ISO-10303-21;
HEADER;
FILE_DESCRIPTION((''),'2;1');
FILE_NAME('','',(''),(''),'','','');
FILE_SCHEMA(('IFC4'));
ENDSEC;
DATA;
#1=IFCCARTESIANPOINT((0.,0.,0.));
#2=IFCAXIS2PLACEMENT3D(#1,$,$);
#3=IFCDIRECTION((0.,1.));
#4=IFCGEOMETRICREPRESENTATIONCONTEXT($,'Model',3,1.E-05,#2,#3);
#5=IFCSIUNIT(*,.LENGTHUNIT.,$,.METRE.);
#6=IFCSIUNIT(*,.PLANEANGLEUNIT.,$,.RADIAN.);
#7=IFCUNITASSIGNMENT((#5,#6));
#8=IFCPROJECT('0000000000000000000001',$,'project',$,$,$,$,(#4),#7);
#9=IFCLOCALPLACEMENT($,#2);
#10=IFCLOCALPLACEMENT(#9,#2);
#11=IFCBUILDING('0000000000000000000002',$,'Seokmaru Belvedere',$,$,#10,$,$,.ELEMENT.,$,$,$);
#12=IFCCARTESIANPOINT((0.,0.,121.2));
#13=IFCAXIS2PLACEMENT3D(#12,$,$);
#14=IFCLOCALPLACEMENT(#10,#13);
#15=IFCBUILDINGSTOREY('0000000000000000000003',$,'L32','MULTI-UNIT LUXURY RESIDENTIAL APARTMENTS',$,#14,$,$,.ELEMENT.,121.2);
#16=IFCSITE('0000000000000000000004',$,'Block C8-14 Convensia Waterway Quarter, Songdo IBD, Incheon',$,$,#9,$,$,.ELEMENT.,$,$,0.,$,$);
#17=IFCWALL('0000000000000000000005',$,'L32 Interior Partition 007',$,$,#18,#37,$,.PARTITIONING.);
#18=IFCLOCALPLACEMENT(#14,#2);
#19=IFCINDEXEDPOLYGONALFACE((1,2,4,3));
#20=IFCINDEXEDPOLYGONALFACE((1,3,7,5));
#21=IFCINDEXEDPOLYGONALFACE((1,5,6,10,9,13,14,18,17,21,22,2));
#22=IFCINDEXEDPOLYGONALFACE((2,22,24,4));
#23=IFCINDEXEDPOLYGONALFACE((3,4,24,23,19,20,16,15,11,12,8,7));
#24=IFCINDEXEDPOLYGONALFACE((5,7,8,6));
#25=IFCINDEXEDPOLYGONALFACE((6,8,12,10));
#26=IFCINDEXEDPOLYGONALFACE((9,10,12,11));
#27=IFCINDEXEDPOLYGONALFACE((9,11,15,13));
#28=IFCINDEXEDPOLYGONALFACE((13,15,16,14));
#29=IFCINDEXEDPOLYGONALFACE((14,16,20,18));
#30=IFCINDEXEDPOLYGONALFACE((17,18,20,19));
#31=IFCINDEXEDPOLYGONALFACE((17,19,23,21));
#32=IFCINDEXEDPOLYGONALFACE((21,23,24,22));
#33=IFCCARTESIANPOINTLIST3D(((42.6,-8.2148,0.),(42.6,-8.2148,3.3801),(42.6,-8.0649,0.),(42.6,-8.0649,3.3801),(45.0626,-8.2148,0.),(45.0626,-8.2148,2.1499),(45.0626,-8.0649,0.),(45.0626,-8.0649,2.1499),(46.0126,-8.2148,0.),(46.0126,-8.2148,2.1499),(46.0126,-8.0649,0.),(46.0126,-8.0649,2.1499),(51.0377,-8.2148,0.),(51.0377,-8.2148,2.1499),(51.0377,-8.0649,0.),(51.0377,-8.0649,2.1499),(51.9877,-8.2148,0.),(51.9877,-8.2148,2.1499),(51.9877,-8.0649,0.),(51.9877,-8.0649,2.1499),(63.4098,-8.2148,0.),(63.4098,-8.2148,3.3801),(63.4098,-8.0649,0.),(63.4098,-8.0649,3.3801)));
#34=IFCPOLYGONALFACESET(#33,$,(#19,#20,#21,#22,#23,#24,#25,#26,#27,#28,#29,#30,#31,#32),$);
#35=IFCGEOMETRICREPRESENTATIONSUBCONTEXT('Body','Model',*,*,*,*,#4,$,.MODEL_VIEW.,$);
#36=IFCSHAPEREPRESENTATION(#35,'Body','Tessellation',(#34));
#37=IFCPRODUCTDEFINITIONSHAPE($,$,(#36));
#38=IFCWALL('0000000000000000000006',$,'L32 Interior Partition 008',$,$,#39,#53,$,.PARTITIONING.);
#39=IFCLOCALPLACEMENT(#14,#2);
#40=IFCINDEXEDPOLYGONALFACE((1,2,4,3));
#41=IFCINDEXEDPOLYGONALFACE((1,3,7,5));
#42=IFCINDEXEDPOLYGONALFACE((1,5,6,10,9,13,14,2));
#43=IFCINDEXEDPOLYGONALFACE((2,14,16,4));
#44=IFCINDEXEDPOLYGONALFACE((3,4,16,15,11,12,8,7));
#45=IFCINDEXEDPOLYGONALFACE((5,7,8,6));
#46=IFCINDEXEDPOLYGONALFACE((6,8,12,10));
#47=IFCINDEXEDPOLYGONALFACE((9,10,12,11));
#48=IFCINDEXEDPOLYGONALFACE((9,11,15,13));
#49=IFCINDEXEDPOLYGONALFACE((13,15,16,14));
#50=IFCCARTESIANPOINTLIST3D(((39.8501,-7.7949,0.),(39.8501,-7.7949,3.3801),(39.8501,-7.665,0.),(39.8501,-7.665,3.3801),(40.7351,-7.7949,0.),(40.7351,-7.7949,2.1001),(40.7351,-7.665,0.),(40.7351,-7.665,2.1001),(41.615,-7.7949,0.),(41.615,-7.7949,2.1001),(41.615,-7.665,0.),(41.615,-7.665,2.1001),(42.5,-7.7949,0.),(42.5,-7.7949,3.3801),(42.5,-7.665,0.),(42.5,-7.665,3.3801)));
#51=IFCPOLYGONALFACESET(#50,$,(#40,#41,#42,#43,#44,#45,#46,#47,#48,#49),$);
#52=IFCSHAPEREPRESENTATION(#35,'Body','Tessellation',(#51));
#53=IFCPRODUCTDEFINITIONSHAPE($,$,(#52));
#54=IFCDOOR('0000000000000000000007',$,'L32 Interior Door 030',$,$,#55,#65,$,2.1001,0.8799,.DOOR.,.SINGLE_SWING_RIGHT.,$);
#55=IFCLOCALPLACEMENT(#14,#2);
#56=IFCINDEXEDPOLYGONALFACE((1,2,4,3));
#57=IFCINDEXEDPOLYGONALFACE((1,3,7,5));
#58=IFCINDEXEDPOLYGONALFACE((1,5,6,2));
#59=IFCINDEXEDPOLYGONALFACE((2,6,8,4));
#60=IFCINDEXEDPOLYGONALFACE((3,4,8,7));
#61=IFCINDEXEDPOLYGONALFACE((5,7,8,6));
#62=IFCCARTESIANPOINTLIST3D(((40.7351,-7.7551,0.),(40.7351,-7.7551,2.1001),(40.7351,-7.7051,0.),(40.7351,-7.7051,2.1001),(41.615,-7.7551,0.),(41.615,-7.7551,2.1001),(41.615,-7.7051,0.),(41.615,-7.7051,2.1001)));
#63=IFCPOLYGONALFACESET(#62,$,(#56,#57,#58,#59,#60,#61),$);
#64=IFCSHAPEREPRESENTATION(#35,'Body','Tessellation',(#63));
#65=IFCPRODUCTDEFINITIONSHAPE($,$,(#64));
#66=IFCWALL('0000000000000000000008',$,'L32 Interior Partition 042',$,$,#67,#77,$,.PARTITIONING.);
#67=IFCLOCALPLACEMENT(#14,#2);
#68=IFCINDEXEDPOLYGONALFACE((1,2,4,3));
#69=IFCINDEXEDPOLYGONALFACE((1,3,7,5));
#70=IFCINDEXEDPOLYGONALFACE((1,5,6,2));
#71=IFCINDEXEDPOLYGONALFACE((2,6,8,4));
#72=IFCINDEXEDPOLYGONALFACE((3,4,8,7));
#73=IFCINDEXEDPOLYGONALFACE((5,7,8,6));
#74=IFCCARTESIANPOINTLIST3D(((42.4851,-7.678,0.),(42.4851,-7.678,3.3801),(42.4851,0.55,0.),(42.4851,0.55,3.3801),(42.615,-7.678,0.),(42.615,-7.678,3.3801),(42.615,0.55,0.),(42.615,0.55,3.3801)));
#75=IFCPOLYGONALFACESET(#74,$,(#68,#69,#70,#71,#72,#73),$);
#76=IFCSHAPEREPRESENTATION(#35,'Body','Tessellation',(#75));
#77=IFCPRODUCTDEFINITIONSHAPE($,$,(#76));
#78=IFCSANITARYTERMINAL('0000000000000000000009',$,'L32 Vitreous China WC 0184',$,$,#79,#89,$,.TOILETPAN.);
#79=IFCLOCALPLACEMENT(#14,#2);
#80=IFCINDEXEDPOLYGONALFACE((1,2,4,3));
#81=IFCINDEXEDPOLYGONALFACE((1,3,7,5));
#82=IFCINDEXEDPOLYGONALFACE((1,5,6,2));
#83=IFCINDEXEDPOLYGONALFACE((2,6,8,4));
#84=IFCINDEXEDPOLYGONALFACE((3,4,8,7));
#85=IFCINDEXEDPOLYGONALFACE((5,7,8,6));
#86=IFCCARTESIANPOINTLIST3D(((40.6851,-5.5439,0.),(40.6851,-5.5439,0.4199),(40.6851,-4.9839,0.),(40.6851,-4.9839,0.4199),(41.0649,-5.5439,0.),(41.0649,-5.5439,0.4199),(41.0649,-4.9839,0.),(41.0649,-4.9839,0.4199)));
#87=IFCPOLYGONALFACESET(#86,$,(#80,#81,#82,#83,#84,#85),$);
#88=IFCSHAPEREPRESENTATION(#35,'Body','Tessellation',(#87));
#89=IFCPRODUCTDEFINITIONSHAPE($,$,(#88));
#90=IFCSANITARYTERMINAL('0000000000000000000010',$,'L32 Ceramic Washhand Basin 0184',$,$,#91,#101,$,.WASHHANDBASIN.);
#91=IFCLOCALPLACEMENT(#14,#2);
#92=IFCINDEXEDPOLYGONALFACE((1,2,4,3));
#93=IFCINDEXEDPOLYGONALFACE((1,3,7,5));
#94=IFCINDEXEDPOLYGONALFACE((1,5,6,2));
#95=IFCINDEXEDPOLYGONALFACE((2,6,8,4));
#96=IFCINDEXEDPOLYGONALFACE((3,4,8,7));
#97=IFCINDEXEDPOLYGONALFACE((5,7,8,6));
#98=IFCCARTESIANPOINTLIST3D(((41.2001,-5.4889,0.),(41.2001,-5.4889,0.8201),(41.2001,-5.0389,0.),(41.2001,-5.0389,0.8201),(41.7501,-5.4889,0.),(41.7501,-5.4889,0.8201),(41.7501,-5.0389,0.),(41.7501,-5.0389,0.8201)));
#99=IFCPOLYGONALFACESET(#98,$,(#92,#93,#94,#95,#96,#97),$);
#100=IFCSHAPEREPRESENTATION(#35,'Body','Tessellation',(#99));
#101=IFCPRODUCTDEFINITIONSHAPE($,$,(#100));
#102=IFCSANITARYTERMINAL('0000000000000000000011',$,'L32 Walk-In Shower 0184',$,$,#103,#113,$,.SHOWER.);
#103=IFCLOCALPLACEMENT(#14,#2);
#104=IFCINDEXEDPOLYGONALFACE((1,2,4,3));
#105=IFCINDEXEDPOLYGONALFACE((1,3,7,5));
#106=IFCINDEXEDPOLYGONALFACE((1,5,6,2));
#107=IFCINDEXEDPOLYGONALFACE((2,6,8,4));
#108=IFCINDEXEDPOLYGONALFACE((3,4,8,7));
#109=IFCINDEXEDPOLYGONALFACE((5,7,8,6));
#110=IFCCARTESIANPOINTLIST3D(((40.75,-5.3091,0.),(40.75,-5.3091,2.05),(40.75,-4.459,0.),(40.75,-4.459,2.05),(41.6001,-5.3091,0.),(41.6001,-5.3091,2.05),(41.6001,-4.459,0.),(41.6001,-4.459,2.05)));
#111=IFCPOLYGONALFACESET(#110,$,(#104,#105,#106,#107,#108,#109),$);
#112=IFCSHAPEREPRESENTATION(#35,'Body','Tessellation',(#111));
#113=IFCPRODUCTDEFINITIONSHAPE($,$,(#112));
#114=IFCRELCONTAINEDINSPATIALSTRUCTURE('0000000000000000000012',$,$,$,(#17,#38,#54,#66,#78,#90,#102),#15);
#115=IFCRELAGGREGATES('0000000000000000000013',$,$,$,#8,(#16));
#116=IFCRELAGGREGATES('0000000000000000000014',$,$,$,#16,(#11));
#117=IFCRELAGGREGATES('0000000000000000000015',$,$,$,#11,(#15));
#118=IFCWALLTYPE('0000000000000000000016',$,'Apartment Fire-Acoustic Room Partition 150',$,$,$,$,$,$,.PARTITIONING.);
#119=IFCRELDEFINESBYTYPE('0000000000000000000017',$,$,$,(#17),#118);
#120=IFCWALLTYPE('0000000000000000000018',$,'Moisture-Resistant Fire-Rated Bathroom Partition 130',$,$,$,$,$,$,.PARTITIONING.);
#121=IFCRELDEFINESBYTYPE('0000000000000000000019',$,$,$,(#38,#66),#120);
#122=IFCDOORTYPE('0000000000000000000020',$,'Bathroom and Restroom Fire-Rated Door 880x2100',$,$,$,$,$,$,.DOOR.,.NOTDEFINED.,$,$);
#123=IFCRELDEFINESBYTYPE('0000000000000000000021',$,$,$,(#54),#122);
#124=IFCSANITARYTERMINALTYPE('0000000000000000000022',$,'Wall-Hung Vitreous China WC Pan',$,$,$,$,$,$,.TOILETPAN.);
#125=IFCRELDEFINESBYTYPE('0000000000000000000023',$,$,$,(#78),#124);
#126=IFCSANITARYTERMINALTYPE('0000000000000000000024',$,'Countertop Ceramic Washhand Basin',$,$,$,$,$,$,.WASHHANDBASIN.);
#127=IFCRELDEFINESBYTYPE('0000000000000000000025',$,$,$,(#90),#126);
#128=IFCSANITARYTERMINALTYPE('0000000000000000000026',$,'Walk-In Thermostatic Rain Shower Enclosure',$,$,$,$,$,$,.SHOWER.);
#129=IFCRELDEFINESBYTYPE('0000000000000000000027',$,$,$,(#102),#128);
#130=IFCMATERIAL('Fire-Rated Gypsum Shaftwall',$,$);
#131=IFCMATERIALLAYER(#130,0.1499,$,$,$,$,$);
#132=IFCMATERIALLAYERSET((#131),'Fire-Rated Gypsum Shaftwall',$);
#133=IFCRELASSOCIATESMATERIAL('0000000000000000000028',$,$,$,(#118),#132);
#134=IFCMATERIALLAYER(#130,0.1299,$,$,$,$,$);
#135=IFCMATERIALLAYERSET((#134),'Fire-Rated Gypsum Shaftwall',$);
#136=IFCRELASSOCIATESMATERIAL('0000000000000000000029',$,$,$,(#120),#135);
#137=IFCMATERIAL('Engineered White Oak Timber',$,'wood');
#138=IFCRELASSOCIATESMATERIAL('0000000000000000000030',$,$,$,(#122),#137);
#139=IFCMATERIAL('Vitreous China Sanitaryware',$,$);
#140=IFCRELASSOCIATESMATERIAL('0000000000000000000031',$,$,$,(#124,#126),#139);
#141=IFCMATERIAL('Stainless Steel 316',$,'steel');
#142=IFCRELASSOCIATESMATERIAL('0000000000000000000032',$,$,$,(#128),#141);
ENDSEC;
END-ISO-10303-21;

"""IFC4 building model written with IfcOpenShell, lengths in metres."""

from ifc_helpers import new_model, si_unit, direction, frame, frame_2d, origin, origin_2d, place, context, subcontext, project, spatial, rectangle, extrude, source, transform, mapped, material, layer, layer_set, type_object, type_shapes, element, fill, save


model = new_model("IFC4")

# Units and contexts
model_context = context("Model", 3, precision=1e-05, world=origin(), true_north=direction((0.0, 1.0)))
body_context = subcontext(model_context, "Body", "Model", "MODEL_VIEW")
ifc_project = project(units=[si_unit("LENGTHUNIT", "METRE"), si_unit("PLANEANGLEUNIT", "RADIAN")], contexts=[model_context])

# Site, building, storey
site_placement = place(None, origin())
site = spatial("IfcSite", under=ifc_project, at=site_placement, Name="Block C8-14 Convensia Waterway Quarter, Songdo IBD, Incheon", CompositionType="ELEMENT", RefElevation=0.0)
building_placement = place(site_placement, origin())
building = spatial("IfcBuilding", under=site, at=building_placement, Name="Seokmaru Belvedere", CompositionType="ELEMENT")
storey_placement = place(building_placement, frame((0.0, 0.0, 121.2)))
storey = spatial("IfcBuildingStorey", under=building, at=storey_placement, Name="L32", Description="MULTI-UNIT LUXURY RESIDENTIAL APARTMENTS", CompositionType="ELEMENT", Elevation=121.2)

# Shared definitions
ifc_material_1 = material(Name="Fire-Rated Gypsum Shaftwall")
ifc_layer_1 = layer(ifc_material_1, 0.1499)
ifc_layer_set_1 = layer_set([ifc_layer_1], Name="Fire-Rated Gypsum Shaftwall")
wall_type_1 = type_object("IfcWallType", Name="Apartment Fire-Acoustic Room Partition 150", PredefinedType="PARTITIONING", material=ifc_layer_set_1)
ifc_material_2 = material(Name="Engineered White Oak Timber", Category="wood")

# Wall, openings
wall_1_placement = place(storey_placement, frame((42.6001, -8.1399, 0.0), z_axis=(0.0, 0.0, 1.0), x_axis=(1.0, 0.0, 0.0)))
wall_1 = element("IfcWall", 1, at=wall_1_placement, inside=storey, type_object=wall_type_1, Name="L32 Interior Partition 007", PredefinedType="PARTITIONING", context=body_context, shape_type="SweptSolid", body=[
    extrude(rectangle(XDim=20.8098, YDim=0.1499, at=frame_2d((10.4048, 0.0))), origin(), (0.0, 0.0, 1.0), 3.3801),
])
opening_1_placement = place(wall_1_placement, frame((2.4624, 0.0, 0.0)))
element("IfcOpeningElement", 2, at=opening_1_placement, cuts=wall_1, PredefinedType="OPENING", context=body_context, shape_type="SweptSolid", body=[
    extrude(rectangle(XDim=0.95, YDim=2.1499, at=frame_2d((0.4751, 1.075))), frame((0.0, 0.085, 0.0), z_axis=(0.0, -1.0, 0.0), x_axis=(1.0, 0.0, 0.0)), (0.0, 0.0, 1.0), 0.1699),
])
opening_2_placement = place(wall_1_placement, frame((8.4375, 0.0, 0.0)))
element("IfcOpeningElement", 3, at=opening_2_placement, cuts=wall_1, PredefinedType="OPENING", context=body_context, shape_type="SweptSolid", body=[
    extrude(rectangle(XDim=0.95, YDim=2.1499, at=frame_2d((0.4751, 1.075))), frame((0.0, 0.085, 0.0), z_axis=(0.0, -1.0, 0.0), x_axis=(1.0, 0.0, 0.0)), (0.0, 0.0, 1.0), 0.1699),
])

# Wall, opening, door
ifc_layer_2 = layer(ifc_material_1, 0.1299)
ifc_layer_set_2 = layer_set([ifc_layer_2], Name="Fire-Rated Gypsum Shaftwall")
wall_type_2 = type_object("IfcWallType", Name="Moisture-Resistant Fire-Rated Bathroom Partition 130", PredefinedType="PARTITIONING", material=ifc_layer_set_2)
wall_2_placement = place(storey_placement, frame((39.8501, -7.73, 0.0), z_axis=(0.0, 0.0, 1.0), x_axis=(1.0, 0.0, 0.0)))
wall_2 = element("IfcWall", 4, at=wall_2_placement, inside=storey, type_object=wall_type_2, Name="L32 Interior Partition 008", PredefinedType="PARTITIONING", context=body_context, shape_type="SweptSolid", body=[
    extrude(rectangle(XDim=2.6499, YDim=0.1299, at=frame_2d((1.325, 0.0))), origin(), (0.0, 0.0, 1.0), 3.3801),
])
opening_3_placement = place(wall_2_placement, frame((0.885, 0.0, 0.0)))
opening_3 = element("IfcOpeningElement", 5, at=opening_3_placement, cuts=wall_2, PredefinedType="OPENING", context=body_context, shape_type="SweptSolid", body=[
    extrude(rectangle(XDim=0.8799, YDim=2.1001, at=frame_2d((0.4399, 1.05))), frame((0.0, 0.075, 0.0), z_axis=(0.0, -1.0, 0.0), x_axis=(1.0, 0.0, 0.0)), (0.0, 0.0, 1.0), 0.1499),
])
door_type_1 = type_object("IfcDoorType", Name="Bathroom and Restroom Fire-Rated Door 880x2100", OperationType="NOTDEFINED", PredefinedType="DOOR", material=ifc_material_2)
shared_shape_1 = source(origin(), body_context, "Body", "SweptSolid", [
    extrude(rectangle(XDim=0.8799, YDim=2.1001, at=frame_2d((0.4399, 1.05))), frame((0.0, 0.0249, 0.0), z_axis=(0.0, -1.0, 0.0), x_axis=(1.0, 0.0, 0.0)), (0.0, 0.0, 1.0), 0.05),
])
type_shapes(door_type_1, [shared_shape_1])
door_1_placement = place(opening_3_placement, origin())
door_1 = element("IfcDoor", 6, at=door_1_placement, inside=storey, type_object=door_type_1, Name="L32 Interior Door 030", OperationType="SINGLE_SWING_RIGHT", OverallHeight=2.1001, OverallWidth=0.8799, PredefinedType="DOOR", context=body_context, shape_type="MappedRepresentation", body=[
    mapped(shared_shape_1, transform((0.0, 0.0, 0.0), scale=1.0)),
])
fill(opening_3, door_1)

# Wall
wall_3_placement = place(storey_placement, frame((42.55, -7.678, 0.0), z_axis=(0.0, 0.0, 1.0), x_axis=(0.0, 1.0, 0.0)))
element("IfcWall", 7, at=wall_3_placement, inside=storey, type_object=wall_type_2, Name="L32 Interior Partition 042", PredefinedType="PARTITIONING", context=body_context, shape_type="SweptSolid", body=[
    extrude(rectangle(XDim=8.228, YDim=0.1299, at=frame_2d((4.114, 0.0))), origin(), (0.0, 0.0, 1.0), 3.3801),
])

# Sanitary terminals
ifc_material_3 = material(Name="Vitreous China Sanitaryware")
sanitary_terminal_type_1 = type_object("IfcSanitaryTerminalType", Name="Wall-Hung Vitreous China WC Pan", PredefinedType="TOILETPAN", material=ifc_material_3)
shared_shape_2 = source(origin(), body_context, "Body", "SweptSolid", [
    extrude(rectangle(XDim=0.3799, YDim=0.5601, at=origin_2d()), origin(), (0.0, 0.0, 1.0), 0.4199),
])
type_shapes(sanitary_terminal_type_1, [shared_shape_2])
sanitary_terminal_1_placement = place(storey_placement, frame((40.875, -5.2639, 0.0), z_axis=(0.0, 0.0, 1.0), x_axis=(1.0, 0.0, 0.0)))
element("IfcSanitaryTerminal", 8, at=sanitary_terminal_1_placement, inside=storey, type_object=sanitary_terminal_type_1, Name="L32 Vitreous China WC 0184", PredefinedType="TOILETPAN", context=body_context, shape_type="MappedRepresentation", body=[
    mapped(shared_shape_2, transform((0.0, 0.0, 0.0), scale=1.0)),
])
sanitary_terminal_type_2 = type_object("IfcSanitaryTerminalType", Name="Countertop Ceramic Washhand Basin", PredefinedType="WASHHANDBASIN", material=ifc_material_3)
shared_shape_3 = source(origin(), body_context, "Body", "SweptSolid", [
    extrude(rectangle(XDim=0.55, YDim=0.45, at=origin_2d()), origin(), (0.0, 0.0, 1.0), 0.8201),
])
type_shapes(sanitary_terminal_type_2, [shared_shape_3])
sanitary_terminal_2_placement = place(storey_placement, frame((41.4751, -5.2639, 0.0), z_axis=(0.0, 0.0, 1.0), x_axis=(1.0, 0.0, 0.0)))
element("IfcSanitaryTerminal", 9, at=sanitary_terminal_2_placement, inside=storey, type_object=sanitary_terminal_type_2, Name="L32 Ceramic Washhand Basin 0184", PredefinedType="WASHHANDBASIN", context=body_context, shape_type="MappedRepresentation", body=[
    mapped(shared_shape_3, transform((0.0, 0.0, 0.0), scale=1.0)),
])
ifc_material_4 = material(Name="Stainless Steel 316", Category="steel")
sanitary_terminal_type_3 = type_object("IfcSanitaryTerminalType", Name="Walk-In Thermostatic Rain Shower Enclosure", PredefinedType="SHOWER", material=ifc_material_4)
shared_shape_4 = source(origin(), body_context, "Body", "SweptSolid", [
    extrude(rectangle(XDim=0.8501, YDim=0.8501, at=origin_2d()), origin(), (0.0, 0.0, 1.0), 2.05),
])
type_shapes(sanitary_terminal_type_3, [shared_shape_4])
sanitary_terminal_3_placement = place(storey_placement, frame((41.175, -4.884, 0.0), z_axis=(0.0, 0.0, 1.0), x_axis=(1.0, 0.0, 0.0)))
element("IfcSanitaryTerminal", 10, at=sanitary_terminal_3_placement, inside=storey, type_object=sanitary_terminal_type_3, Name="L32 Walk-In Shower 0184", PredefinedType="SHOWER", context=body_context, shape_type="MappedRepresentation", body=[
    mapped(shared_shape_4, transform((0.0, 0.0, 0.0), scale=1.0)),
])

save(model, "model.ifc")
